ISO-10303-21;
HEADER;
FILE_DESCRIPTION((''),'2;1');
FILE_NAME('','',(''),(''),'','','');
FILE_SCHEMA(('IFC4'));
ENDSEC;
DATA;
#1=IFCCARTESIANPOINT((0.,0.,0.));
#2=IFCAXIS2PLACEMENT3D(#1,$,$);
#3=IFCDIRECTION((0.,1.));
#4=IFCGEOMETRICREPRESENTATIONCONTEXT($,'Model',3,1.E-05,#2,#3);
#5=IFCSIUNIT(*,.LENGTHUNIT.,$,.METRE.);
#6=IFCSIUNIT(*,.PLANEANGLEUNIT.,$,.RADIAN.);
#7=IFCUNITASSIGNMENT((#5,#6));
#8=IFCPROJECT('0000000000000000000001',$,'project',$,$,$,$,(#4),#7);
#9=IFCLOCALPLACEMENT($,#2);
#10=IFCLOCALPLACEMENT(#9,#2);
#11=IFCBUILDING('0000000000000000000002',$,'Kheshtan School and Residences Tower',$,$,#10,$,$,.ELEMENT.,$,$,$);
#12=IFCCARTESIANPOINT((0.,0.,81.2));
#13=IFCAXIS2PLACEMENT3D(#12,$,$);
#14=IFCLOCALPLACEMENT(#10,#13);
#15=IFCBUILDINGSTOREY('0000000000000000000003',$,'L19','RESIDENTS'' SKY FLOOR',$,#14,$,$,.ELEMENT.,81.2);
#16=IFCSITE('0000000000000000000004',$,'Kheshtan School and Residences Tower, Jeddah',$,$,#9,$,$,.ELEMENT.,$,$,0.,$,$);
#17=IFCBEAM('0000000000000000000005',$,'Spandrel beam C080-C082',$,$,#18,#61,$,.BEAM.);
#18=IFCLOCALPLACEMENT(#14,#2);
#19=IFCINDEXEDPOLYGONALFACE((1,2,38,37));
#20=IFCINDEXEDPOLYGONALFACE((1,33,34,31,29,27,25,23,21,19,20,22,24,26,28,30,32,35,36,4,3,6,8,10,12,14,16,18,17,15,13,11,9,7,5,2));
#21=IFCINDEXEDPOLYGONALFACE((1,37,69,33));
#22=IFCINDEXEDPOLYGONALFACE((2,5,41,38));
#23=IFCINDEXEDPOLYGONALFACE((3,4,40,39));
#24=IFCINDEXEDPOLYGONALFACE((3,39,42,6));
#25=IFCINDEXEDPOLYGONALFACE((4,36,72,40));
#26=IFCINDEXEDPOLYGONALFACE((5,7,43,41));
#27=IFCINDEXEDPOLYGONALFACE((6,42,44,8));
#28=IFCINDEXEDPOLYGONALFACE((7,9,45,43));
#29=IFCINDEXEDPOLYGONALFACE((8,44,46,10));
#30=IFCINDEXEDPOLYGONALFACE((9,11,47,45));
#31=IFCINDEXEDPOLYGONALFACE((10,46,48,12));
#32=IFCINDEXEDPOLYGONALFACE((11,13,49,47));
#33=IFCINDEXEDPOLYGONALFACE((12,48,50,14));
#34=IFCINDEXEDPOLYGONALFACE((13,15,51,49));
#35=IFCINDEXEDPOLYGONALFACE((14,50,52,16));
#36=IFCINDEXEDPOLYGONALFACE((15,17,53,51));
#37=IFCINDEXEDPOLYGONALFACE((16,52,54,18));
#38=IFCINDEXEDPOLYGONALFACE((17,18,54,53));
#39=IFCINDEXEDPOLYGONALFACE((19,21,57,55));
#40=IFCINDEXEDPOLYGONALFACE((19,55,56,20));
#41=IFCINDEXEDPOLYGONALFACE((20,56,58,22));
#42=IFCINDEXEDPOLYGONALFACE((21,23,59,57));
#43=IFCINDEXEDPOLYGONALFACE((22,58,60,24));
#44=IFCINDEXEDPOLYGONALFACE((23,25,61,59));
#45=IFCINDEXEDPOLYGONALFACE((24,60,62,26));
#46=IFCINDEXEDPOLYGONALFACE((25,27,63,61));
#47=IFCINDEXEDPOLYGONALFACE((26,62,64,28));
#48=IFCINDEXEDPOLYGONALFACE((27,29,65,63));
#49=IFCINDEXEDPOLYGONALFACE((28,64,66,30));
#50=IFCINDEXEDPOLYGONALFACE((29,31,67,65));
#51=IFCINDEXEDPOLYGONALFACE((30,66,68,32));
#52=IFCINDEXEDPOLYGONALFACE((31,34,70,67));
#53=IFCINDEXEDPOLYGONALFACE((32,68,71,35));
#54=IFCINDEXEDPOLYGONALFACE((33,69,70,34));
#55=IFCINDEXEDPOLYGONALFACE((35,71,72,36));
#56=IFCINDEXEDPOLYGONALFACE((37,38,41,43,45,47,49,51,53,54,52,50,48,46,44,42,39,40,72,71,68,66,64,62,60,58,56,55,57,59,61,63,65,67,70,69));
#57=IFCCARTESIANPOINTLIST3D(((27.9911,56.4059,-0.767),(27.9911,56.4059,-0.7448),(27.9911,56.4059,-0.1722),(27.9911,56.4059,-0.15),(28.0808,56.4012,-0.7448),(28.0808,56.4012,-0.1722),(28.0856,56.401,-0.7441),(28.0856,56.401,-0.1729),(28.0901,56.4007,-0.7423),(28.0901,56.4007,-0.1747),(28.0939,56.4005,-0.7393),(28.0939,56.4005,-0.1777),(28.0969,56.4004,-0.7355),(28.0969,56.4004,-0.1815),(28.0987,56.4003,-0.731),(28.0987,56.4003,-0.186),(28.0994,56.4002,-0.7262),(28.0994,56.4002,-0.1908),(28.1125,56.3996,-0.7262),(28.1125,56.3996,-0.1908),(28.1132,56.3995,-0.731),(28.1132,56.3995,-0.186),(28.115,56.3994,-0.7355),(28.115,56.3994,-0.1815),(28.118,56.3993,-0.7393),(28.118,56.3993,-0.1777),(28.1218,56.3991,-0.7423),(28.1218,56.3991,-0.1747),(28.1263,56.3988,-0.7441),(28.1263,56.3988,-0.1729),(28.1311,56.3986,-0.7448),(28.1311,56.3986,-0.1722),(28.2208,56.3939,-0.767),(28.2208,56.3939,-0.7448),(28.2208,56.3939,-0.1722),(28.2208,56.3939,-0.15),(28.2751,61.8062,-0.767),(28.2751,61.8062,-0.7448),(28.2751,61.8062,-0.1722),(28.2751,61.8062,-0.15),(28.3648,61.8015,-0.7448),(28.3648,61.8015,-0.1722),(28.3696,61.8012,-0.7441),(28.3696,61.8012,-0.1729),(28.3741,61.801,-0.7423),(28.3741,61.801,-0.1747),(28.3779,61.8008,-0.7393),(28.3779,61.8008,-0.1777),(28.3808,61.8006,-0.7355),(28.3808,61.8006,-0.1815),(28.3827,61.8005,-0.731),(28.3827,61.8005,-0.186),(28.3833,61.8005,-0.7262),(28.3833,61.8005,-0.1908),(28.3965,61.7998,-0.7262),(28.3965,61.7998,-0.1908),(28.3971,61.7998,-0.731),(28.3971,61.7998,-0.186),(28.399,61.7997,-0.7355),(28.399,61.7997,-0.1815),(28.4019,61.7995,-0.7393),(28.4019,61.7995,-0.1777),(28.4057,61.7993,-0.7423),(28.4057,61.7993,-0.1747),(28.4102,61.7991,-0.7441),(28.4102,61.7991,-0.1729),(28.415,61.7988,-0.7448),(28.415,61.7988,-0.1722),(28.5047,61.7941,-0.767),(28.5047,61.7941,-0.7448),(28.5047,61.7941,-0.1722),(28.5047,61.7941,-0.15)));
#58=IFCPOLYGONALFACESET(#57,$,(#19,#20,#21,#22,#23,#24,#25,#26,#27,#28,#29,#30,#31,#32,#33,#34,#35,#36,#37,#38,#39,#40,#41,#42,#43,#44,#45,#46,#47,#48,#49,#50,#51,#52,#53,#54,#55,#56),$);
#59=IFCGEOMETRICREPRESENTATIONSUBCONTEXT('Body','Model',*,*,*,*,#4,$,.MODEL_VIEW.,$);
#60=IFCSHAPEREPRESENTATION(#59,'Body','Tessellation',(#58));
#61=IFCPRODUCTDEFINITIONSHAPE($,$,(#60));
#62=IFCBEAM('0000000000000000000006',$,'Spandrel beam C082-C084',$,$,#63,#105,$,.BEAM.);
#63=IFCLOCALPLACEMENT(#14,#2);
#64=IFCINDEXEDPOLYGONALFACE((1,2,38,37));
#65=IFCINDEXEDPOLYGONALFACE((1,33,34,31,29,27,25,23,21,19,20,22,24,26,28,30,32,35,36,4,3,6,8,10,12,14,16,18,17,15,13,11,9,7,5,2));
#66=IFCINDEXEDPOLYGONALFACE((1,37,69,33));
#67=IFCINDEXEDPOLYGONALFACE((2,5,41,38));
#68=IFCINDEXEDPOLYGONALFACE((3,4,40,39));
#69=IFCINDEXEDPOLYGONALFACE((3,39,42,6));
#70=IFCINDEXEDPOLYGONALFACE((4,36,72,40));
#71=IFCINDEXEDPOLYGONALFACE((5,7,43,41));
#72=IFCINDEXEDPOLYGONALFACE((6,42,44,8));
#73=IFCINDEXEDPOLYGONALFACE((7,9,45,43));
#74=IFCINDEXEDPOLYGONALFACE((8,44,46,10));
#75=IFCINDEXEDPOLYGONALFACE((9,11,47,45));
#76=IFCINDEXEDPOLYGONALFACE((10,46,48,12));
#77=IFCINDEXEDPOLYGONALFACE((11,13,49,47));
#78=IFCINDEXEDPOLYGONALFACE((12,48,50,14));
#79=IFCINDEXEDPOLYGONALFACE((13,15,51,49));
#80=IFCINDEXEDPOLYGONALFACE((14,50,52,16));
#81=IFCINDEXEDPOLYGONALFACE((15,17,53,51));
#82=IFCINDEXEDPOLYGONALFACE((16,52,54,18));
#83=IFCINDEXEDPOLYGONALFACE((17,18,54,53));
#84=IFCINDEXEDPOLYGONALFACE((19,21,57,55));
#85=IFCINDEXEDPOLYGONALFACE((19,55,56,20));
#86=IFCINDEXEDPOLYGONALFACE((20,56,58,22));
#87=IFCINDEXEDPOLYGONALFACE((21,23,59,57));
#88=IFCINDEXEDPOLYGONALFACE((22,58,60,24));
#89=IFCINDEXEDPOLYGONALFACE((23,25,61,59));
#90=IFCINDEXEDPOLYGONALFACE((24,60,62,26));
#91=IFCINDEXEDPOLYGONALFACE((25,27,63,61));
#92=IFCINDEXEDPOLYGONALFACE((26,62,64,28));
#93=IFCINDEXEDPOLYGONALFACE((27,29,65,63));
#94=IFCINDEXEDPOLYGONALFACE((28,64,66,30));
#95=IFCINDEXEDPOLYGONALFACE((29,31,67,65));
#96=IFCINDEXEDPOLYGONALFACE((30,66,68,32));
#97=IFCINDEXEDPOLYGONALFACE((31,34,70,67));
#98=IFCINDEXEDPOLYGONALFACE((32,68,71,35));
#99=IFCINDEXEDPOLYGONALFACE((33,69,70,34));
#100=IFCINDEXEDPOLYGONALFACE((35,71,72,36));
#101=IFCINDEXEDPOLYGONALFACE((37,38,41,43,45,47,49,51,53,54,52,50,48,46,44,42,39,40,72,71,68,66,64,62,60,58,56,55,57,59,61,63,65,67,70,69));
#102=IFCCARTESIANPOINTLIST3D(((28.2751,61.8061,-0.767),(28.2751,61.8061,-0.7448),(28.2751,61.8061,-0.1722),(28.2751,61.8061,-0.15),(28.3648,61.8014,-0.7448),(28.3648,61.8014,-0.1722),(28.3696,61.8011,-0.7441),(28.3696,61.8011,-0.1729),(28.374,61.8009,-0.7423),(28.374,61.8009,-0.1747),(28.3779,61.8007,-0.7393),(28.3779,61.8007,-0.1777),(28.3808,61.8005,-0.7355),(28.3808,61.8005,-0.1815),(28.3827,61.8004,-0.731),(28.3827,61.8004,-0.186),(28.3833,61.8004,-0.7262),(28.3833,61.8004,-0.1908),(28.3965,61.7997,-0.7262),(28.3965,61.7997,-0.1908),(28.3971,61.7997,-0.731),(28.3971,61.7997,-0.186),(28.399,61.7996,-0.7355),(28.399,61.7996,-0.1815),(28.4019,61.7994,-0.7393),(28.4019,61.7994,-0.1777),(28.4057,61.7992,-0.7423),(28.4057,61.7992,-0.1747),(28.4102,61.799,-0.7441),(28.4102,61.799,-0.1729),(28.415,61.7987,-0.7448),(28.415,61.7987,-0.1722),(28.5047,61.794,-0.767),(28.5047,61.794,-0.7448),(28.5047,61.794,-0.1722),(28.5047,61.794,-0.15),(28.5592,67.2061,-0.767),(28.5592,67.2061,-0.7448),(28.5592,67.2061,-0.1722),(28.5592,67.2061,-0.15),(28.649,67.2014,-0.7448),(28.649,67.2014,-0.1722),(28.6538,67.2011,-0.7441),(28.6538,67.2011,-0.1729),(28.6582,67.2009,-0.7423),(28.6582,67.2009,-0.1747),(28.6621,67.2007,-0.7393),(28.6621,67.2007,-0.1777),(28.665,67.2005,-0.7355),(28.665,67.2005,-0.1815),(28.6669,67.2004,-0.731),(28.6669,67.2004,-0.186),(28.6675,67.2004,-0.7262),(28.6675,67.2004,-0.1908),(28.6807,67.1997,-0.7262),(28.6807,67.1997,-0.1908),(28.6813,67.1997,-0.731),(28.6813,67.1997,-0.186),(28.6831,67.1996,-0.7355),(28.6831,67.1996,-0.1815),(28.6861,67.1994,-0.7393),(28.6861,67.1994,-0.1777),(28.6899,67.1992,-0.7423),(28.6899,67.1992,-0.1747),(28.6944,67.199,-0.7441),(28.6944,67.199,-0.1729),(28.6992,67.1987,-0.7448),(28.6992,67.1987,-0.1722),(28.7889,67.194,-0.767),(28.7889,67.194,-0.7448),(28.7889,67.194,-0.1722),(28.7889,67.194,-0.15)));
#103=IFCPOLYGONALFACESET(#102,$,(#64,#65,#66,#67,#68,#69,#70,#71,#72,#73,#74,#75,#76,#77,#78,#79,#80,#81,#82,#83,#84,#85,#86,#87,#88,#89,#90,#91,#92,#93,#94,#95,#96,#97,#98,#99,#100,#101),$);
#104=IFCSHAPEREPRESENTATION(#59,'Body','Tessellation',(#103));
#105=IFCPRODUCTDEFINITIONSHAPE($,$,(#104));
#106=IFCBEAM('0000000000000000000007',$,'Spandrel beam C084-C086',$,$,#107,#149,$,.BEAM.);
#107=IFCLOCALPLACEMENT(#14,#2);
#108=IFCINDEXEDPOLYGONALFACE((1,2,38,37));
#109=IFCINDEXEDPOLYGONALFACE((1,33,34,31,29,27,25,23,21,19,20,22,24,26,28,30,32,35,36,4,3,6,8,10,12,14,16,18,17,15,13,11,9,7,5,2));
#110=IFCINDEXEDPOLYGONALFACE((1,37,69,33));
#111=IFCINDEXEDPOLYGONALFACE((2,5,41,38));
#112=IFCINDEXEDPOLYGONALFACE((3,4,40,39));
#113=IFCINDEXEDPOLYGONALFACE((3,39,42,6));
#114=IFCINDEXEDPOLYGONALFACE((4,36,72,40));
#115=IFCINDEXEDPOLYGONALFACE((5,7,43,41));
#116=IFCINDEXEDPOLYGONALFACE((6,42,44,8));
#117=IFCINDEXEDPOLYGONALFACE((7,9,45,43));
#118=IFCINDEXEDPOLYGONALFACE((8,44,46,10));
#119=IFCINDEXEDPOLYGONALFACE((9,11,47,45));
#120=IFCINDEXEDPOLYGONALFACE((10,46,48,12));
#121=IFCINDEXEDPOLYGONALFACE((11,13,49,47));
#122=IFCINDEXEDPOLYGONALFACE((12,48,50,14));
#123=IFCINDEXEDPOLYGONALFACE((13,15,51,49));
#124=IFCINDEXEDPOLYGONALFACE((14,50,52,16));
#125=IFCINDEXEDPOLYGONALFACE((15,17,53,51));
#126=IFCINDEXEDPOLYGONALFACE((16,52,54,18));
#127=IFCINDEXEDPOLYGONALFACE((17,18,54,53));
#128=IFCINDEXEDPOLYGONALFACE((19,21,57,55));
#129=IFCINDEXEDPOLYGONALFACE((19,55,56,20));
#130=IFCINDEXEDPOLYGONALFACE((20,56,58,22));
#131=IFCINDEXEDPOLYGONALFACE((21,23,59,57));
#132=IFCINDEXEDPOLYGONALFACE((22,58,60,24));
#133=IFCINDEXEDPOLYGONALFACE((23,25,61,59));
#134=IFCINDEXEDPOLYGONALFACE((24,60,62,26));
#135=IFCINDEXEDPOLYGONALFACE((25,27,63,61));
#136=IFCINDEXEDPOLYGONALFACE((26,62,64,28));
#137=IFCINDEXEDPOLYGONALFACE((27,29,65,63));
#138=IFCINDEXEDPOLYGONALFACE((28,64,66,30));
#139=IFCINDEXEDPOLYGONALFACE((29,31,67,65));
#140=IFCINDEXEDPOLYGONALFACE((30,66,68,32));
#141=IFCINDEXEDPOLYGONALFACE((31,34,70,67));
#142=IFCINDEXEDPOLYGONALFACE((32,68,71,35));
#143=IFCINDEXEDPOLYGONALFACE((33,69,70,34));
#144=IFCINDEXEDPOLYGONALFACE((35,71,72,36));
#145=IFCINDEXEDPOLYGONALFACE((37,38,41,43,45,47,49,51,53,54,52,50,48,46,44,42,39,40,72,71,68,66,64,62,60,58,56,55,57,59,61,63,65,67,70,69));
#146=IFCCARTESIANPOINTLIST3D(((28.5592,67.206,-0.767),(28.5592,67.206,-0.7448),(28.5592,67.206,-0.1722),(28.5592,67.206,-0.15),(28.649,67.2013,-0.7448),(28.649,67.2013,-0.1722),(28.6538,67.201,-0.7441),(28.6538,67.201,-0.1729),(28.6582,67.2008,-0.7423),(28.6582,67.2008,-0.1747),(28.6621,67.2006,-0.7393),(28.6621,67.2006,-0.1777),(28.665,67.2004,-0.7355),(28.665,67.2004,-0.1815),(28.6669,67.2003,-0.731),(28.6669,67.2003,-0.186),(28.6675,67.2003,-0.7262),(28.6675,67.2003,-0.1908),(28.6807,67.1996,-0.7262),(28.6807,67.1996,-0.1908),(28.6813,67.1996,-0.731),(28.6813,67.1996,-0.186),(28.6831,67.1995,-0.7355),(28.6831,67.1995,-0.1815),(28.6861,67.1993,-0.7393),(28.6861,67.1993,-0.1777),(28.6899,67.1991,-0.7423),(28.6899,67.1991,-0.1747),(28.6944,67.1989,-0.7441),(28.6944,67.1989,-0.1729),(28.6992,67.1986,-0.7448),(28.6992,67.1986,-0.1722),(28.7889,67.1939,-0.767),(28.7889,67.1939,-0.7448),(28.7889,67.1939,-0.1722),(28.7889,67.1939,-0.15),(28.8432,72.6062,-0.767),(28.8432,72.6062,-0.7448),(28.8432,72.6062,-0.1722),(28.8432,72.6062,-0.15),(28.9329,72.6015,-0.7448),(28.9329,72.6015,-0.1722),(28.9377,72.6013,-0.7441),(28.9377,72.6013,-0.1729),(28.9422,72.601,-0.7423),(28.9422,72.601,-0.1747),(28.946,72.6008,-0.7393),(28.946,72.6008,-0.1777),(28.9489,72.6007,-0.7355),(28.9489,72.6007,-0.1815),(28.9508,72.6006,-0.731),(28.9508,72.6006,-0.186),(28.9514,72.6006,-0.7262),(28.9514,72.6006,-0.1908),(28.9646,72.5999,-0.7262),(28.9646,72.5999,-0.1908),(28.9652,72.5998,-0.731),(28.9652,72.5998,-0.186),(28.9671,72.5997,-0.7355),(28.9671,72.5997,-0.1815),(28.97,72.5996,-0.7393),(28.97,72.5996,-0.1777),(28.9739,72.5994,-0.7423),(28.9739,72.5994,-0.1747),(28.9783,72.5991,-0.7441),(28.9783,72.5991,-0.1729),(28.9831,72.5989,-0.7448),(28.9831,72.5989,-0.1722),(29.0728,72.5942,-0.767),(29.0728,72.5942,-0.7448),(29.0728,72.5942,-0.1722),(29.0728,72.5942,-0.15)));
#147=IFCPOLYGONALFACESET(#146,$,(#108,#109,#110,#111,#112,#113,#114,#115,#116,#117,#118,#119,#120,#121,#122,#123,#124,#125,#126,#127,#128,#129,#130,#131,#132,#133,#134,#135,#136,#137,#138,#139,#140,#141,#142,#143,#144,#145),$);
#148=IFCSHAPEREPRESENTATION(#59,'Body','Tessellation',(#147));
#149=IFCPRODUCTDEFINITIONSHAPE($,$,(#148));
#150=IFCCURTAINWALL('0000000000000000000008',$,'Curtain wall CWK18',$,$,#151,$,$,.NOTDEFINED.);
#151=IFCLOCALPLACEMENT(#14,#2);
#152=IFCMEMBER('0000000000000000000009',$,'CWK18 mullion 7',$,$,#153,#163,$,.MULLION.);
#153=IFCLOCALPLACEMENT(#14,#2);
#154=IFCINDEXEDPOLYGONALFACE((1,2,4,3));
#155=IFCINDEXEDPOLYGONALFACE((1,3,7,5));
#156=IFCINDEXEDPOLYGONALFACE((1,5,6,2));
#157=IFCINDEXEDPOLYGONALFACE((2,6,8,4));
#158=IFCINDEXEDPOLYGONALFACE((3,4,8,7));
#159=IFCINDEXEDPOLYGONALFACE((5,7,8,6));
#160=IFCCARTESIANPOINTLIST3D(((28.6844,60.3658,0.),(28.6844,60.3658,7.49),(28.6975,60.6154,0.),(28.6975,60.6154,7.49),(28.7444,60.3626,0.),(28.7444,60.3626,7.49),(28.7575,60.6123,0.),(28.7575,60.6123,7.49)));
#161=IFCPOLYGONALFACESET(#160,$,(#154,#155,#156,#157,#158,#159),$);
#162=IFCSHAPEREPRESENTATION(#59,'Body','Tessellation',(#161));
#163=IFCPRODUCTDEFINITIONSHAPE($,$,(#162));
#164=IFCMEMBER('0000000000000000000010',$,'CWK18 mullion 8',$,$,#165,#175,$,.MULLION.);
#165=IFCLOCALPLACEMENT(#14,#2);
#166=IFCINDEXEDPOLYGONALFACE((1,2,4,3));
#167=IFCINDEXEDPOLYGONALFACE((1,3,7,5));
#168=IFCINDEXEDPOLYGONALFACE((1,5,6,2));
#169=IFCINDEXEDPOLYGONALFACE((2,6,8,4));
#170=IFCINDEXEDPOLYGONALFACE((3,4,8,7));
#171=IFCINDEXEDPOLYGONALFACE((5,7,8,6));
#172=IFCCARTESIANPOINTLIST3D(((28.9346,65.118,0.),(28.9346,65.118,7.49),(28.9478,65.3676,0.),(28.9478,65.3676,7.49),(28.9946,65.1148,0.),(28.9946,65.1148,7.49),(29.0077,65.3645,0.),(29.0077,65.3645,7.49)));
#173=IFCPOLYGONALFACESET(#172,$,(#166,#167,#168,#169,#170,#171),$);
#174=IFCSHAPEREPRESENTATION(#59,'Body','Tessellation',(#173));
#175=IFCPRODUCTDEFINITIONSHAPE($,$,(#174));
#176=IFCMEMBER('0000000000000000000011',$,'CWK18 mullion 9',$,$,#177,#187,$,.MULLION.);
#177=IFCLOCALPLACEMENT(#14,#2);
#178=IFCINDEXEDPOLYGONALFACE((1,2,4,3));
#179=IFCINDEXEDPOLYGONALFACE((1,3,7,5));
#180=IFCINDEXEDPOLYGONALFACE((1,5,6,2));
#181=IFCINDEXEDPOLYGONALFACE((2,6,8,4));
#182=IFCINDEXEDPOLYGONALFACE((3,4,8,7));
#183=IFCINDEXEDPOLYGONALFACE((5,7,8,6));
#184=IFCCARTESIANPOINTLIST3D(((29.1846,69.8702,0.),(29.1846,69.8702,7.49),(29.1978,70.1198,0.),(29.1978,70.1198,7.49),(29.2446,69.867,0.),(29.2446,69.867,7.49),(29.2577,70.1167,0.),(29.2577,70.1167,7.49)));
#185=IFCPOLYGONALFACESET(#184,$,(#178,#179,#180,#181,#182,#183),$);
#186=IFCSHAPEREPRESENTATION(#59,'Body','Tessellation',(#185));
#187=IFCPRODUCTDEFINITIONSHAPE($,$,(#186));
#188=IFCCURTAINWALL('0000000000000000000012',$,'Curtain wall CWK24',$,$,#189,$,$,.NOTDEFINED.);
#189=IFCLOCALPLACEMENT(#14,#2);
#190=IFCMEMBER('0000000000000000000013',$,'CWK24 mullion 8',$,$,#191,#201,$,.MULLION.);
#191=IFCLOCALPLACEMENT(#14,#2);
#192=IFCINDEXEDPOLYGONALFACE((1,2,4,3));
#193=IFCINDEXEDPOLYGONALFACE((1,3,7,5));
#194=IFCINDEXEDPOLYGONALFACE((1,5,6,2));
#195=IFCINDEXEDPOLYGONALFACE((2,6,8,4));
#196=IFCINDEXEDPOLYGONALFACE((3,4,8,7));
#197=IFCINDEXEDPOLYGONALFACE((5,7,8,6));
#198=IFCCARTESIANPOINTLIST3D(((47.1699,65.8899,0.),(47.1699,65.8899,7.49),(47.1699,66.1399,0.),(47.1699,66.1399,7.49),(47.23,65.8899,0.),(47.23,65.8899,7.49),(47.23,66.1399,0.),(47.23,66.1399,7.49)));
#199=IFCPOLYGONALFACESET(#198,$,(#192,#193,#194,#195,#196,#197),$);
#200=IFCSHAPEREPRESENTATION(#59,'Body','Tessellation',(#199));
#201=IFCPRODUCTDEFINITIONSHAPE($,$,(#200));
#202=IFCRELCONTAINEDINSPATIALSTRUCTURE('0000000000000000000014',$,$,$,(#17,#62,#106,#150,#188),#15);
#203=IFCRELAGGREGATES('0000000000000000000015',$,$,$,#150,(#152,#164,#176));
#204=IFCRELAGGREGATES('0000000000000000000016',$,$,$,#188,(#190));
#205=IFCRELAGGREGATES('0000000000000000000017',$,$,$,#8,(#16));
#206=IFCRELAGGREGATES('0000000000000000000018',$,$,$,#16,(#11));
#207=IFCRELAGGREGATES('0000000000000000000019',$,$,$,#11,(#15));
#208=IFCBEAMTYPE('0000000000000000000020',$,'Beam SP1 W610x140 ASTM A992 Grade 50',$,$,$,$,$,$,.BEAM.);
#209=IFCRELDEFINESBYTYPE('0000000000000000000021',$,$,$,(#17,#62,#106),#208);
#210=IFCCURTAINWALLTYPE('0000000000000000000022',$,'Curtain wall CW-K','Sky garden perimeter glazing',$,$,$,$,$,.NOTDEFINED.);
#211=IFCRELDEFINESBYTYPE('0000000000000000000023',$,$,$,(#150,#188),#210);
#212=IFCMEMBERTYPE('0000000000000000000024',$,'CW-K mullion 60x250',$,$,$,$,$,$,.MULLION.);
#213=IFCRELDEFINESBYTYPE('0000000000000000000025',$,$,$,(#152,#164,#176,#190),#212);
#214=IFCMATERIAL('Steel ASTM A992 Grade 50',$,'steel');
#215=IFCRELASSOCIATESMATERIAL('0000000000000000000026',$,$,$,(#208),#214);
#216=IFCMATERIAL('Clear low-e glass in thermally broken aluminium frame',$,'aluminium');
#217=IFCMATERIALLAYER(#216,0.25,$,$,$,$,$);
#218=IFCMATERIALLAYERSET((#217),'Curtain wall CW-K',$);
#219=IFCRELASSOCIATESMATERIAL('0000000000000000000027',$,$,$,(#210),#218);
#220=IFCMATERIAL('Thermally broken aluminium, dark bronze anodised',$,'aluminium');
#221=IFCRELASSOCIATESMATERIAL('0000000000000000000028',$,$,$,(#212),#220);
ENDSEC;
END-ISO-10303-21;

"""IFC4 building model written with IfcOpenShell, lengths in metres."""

from ifc_helpers import new_model, si_unit, direction, frame, origin, origin_2d, place, context, subcontext, project, spatial, rectangle, i_section, extrude, material, layer, layer_set, material_profile, profile_set, type_object, element, aggregate, save


model = new_model("IFC4")

# Units and contexts
model_context = context("Model", 3, precision=1e-05, world=origin(), true_north=direction((0.0, 1.0)))
body_context = subcontext(model_context, "Body", "Model", "MODEL_VIEW")
ifc_project = project(units=[si_unit("LENGTHUNIT", "METRE"), si_unit("PLANEANGLEUNIT", "RADIAN")], contexts=[model_context])

# Site, building, storey
site_placement = place(None, origin())
site = spatial("IfcSite", under=ifc_project, at=site_placement, Name="Kheshtan School and Residences Tower, Jeddah", CompositionType="ELEMENT", RefElevation=0.0)
building_placement = place(site_placement, origin())
building = spatial("IfcBuilding", under=site, at=building_placement, Name="Kheshtan School and Residences Tower", CompositionType="ELEMENT")
storey_placement = place(building_placement, frame((0.0, 0.0, 81.2)))
storey = spatial("IfcBuildingStorey", under=building, at=storey_placement, Name="L19", Description="RESIDENTS' SKY FLOOR", CompositionType="ELEMENT", Elevation=81.2)

# Shared definitions
ifc_material_1 = material(Name="Steel ASTM A992 Grade 50", Category="steel")

# Beams
ifc_material_profile_1 = material_profile(ifc_material_1, i_section(OverallWidth=0.23, OverallDepth=0.6169, WebThickness=0.0132, FlangeThickness=0.0222, FilletRadius=0.0186, at=origin_2d()), Name="W610x140")
ifc_profile_set_1 = profile_set([ifc_material_profile_1], Name="Steel ASTM A992 Grade 50")
beam_type_1 = type_object("IfcBeamType", Name="Beam SP1 W610x140 ASTM A992 Grade 50", PredefinedType="BEAM", material=ifc_profile_set_1)
beam_1_placement = place(storey_placement, frame((28.106, 56.3999, -0.4585), z_axis=(0.052507, 0.998621, 0.0), x_axis=(-0.998621, 0.052507, 0.0)))
element("IfcBeam", 1, at=beam_1_placement, inside=storey, type_object=beam_type_1, Name="Spandrel beam C080-C082", PredefinedType="BEAM", context=body_context, shape_type="SweptSolid", body=[
    extrude(i_section(OverallWidth=0.23, OverallDepth=0.6169, WebThickness=0.0132, FlangeThickness=0.0222, FilletRadius=0.0186, at=origin_2d()), origin(), (0.0, 0.0, 1.0), 5.4077),
])
beam_2_placement = place(storey_placement, frame((28.3899, 61.8, -0.4585), z_axis=(0.052554, 0.998618, 0.0), x_axis=(-0.998618, 0.052554, 0.0)))
element("IfcBeam", 2, at=beam_2_placement, inside=storey, type_object=beam_type_1, Name="Spandrel beam C082-C084", PredefinedType="BEAM", context=body_context, shape_type="SweptSolid", body=[
    extrude(i_section(OverallWidth=0.23, OverallDepth=0.6169, WebThickness=0.0132, FlangeThickness=0.0222, FilletRadius=0.0186, at=origin_2d()), origin(), (0.0, 0.0, 1.0), 5.4075),
])
beam_3_placement = place(storey_placement, frame((28.6741, 67.2, -0.4585), z_axis=(0.052507, 0.998621, 0.0), x_axis=(-0.998621, 0.052507, 0.0)))
element("IfcBeam", 3, at=beam_3_placement, inside=storey, type_object=beam_type_1, Name="Spandrel beam C084-C086", PredefinedType="BEAM", context=body_context, shape_type="SweptSolid", body=[
    extrude(i_section(OverallWidth=0.23, OverallDepth=0.6169, WebThickness=0.0132, FlangeThickness=0.0222, FilletRadius=0.0186, at=origin_2d()), origin(), (0.0, 0.0, 1.0), 5.4077),
])

# Curtain walls, members
ifc_material_2 = material(Name="Clear low-e glass in thermally broken aluminium frame", Category="aluminium")
ifc_layer_1 = layer(ifc_material_2, 0.25)
ifc_layer_set_1 = layer_set([ifc_layer_1], Name="Curtain wall CW-K")
curtain_wall_type = type_object("IfcCurtainWallType", Name="Curtain wall CW-K", Description="Sky garden perimeter glazing", PredefinedType="NOTDEFINED", material=ifc_layer_set_1)
curtain_wall_1_placement = place(storey_placement, origin())
curtain_wall_1 = element("IfcCurtainWall", 4, at=curtain_wall_1_placement, inside=storey, type_object=curtain_wall_type, Name="Curtain wall CWK18", PredefinedType="NOTDEFINED")
ifc_material_3 = material(Name="Thermally broken aluminium, dark bronze anodised", Category="aluminium")
ifc_material_profile_2 = material_profile(ifc_material_3, rectangle(XDim=0.0601, YDim=0.25, at=origin_2d()), Name="CW-K mullion 60x250")
ifc_profile_set_2 = profile_set([ifc_material_profile_2], Name="Thermally broken aluminium, dark bronze anodised")
member_type = type_object("IfcMemberType", Name="CW-K mullion 60x250", PredefinedType="MULLION", material=ifc_profile_set_2)
member_1_placement = place(storey_placement, frame((28.7209, 60.489, 0.0), z_axis=(0.0, 0.0, 1.0), x_axis=(-0.998617, 0.052565, 0.0)))
member_1 = element("IfcMember", 5, at=member_1_placement, type_object=member_type, Name="CWK18 mullion 7", PredefinedType="MULLION", context=body_context, shape_type="SweptSolid", body=[
    extrude(rectangle(XDim=0.0601, YDim=0.25, at=origin_2d()), origin(), (0.0, 0.0, 1.0), 7.49),
])
member_2_placement = place(storey_placement, frame((28.9712, 65.2412, 0.0), z_axis=(0.0, 0.0, 1.0), x_axis=(-0.998617, 0.052565, 0.0)))
member_2 = element("IfcMember", 6, at=member_2_placement, type_object=member_type, Name="CWK18 mullion 8", PredefinedType="MULLION", context=body_context, shape_type="SweptSolid", body=[
    extrude(rectangle(XDim=0.0601, YDim=0.25, at=origin_2d()), origin(), (0.0, 0.0, 1.0), 7.49),
])
member_3_placement = place(storey_placement, frame((29.2212, 69.9934, 0.0), z_axis=(0.0, 0.0, 1.0), x_axis=(-0.998617, 0.052565, 0.0)))
member_3 = element("IfcMember", 7, at=member_3_placement, type_object=member_type, Name="CWK18 mullion 9", PredefinedType="MULLION", context=body_context, shape_type="SweptSolid", body=[
    extrude(rectangle(XDim=0.0601, YDim=0.25, at=origin_2d()), origin(), (0.0, 0.0, 1.0), 7.49),
])
curtain_wall_2_placement = place(storey_placement, origin())
curtain_wall_2 = element("IfcCurtainWall", 8, at=curtain_wall_2_placement, inside=storey, type_object=curtain_wall_type, Name="Curtain wall CWK24", PredefinedType="NOTDEFINED")
member_4_placement = place(storey_placement, frame((47.2, 66.0149, 0.0), z_axis=(0.0, 0.0, 1.0), x_axis=(1.0, 0.0, 0.0)))
member_4 = element("IfcMember", 9, at=member_4_placement, type_object=member_type, Name="CWK24 mullion 8", PredefinedType="MULLION", context=body_context, shape_type="SweptSolid", body=[
    extrude(rectangle(XDim=0.0601, YDim=0.25, at=origin_2d()), origin(), (0.0, 0.0, 1.0), 7.49),
])

aggregate(curtain_wall_1, [member_1, member_2, member_3])
aggregate(curtain_wall_2, [member_4])

save(model, "model.ifc")
